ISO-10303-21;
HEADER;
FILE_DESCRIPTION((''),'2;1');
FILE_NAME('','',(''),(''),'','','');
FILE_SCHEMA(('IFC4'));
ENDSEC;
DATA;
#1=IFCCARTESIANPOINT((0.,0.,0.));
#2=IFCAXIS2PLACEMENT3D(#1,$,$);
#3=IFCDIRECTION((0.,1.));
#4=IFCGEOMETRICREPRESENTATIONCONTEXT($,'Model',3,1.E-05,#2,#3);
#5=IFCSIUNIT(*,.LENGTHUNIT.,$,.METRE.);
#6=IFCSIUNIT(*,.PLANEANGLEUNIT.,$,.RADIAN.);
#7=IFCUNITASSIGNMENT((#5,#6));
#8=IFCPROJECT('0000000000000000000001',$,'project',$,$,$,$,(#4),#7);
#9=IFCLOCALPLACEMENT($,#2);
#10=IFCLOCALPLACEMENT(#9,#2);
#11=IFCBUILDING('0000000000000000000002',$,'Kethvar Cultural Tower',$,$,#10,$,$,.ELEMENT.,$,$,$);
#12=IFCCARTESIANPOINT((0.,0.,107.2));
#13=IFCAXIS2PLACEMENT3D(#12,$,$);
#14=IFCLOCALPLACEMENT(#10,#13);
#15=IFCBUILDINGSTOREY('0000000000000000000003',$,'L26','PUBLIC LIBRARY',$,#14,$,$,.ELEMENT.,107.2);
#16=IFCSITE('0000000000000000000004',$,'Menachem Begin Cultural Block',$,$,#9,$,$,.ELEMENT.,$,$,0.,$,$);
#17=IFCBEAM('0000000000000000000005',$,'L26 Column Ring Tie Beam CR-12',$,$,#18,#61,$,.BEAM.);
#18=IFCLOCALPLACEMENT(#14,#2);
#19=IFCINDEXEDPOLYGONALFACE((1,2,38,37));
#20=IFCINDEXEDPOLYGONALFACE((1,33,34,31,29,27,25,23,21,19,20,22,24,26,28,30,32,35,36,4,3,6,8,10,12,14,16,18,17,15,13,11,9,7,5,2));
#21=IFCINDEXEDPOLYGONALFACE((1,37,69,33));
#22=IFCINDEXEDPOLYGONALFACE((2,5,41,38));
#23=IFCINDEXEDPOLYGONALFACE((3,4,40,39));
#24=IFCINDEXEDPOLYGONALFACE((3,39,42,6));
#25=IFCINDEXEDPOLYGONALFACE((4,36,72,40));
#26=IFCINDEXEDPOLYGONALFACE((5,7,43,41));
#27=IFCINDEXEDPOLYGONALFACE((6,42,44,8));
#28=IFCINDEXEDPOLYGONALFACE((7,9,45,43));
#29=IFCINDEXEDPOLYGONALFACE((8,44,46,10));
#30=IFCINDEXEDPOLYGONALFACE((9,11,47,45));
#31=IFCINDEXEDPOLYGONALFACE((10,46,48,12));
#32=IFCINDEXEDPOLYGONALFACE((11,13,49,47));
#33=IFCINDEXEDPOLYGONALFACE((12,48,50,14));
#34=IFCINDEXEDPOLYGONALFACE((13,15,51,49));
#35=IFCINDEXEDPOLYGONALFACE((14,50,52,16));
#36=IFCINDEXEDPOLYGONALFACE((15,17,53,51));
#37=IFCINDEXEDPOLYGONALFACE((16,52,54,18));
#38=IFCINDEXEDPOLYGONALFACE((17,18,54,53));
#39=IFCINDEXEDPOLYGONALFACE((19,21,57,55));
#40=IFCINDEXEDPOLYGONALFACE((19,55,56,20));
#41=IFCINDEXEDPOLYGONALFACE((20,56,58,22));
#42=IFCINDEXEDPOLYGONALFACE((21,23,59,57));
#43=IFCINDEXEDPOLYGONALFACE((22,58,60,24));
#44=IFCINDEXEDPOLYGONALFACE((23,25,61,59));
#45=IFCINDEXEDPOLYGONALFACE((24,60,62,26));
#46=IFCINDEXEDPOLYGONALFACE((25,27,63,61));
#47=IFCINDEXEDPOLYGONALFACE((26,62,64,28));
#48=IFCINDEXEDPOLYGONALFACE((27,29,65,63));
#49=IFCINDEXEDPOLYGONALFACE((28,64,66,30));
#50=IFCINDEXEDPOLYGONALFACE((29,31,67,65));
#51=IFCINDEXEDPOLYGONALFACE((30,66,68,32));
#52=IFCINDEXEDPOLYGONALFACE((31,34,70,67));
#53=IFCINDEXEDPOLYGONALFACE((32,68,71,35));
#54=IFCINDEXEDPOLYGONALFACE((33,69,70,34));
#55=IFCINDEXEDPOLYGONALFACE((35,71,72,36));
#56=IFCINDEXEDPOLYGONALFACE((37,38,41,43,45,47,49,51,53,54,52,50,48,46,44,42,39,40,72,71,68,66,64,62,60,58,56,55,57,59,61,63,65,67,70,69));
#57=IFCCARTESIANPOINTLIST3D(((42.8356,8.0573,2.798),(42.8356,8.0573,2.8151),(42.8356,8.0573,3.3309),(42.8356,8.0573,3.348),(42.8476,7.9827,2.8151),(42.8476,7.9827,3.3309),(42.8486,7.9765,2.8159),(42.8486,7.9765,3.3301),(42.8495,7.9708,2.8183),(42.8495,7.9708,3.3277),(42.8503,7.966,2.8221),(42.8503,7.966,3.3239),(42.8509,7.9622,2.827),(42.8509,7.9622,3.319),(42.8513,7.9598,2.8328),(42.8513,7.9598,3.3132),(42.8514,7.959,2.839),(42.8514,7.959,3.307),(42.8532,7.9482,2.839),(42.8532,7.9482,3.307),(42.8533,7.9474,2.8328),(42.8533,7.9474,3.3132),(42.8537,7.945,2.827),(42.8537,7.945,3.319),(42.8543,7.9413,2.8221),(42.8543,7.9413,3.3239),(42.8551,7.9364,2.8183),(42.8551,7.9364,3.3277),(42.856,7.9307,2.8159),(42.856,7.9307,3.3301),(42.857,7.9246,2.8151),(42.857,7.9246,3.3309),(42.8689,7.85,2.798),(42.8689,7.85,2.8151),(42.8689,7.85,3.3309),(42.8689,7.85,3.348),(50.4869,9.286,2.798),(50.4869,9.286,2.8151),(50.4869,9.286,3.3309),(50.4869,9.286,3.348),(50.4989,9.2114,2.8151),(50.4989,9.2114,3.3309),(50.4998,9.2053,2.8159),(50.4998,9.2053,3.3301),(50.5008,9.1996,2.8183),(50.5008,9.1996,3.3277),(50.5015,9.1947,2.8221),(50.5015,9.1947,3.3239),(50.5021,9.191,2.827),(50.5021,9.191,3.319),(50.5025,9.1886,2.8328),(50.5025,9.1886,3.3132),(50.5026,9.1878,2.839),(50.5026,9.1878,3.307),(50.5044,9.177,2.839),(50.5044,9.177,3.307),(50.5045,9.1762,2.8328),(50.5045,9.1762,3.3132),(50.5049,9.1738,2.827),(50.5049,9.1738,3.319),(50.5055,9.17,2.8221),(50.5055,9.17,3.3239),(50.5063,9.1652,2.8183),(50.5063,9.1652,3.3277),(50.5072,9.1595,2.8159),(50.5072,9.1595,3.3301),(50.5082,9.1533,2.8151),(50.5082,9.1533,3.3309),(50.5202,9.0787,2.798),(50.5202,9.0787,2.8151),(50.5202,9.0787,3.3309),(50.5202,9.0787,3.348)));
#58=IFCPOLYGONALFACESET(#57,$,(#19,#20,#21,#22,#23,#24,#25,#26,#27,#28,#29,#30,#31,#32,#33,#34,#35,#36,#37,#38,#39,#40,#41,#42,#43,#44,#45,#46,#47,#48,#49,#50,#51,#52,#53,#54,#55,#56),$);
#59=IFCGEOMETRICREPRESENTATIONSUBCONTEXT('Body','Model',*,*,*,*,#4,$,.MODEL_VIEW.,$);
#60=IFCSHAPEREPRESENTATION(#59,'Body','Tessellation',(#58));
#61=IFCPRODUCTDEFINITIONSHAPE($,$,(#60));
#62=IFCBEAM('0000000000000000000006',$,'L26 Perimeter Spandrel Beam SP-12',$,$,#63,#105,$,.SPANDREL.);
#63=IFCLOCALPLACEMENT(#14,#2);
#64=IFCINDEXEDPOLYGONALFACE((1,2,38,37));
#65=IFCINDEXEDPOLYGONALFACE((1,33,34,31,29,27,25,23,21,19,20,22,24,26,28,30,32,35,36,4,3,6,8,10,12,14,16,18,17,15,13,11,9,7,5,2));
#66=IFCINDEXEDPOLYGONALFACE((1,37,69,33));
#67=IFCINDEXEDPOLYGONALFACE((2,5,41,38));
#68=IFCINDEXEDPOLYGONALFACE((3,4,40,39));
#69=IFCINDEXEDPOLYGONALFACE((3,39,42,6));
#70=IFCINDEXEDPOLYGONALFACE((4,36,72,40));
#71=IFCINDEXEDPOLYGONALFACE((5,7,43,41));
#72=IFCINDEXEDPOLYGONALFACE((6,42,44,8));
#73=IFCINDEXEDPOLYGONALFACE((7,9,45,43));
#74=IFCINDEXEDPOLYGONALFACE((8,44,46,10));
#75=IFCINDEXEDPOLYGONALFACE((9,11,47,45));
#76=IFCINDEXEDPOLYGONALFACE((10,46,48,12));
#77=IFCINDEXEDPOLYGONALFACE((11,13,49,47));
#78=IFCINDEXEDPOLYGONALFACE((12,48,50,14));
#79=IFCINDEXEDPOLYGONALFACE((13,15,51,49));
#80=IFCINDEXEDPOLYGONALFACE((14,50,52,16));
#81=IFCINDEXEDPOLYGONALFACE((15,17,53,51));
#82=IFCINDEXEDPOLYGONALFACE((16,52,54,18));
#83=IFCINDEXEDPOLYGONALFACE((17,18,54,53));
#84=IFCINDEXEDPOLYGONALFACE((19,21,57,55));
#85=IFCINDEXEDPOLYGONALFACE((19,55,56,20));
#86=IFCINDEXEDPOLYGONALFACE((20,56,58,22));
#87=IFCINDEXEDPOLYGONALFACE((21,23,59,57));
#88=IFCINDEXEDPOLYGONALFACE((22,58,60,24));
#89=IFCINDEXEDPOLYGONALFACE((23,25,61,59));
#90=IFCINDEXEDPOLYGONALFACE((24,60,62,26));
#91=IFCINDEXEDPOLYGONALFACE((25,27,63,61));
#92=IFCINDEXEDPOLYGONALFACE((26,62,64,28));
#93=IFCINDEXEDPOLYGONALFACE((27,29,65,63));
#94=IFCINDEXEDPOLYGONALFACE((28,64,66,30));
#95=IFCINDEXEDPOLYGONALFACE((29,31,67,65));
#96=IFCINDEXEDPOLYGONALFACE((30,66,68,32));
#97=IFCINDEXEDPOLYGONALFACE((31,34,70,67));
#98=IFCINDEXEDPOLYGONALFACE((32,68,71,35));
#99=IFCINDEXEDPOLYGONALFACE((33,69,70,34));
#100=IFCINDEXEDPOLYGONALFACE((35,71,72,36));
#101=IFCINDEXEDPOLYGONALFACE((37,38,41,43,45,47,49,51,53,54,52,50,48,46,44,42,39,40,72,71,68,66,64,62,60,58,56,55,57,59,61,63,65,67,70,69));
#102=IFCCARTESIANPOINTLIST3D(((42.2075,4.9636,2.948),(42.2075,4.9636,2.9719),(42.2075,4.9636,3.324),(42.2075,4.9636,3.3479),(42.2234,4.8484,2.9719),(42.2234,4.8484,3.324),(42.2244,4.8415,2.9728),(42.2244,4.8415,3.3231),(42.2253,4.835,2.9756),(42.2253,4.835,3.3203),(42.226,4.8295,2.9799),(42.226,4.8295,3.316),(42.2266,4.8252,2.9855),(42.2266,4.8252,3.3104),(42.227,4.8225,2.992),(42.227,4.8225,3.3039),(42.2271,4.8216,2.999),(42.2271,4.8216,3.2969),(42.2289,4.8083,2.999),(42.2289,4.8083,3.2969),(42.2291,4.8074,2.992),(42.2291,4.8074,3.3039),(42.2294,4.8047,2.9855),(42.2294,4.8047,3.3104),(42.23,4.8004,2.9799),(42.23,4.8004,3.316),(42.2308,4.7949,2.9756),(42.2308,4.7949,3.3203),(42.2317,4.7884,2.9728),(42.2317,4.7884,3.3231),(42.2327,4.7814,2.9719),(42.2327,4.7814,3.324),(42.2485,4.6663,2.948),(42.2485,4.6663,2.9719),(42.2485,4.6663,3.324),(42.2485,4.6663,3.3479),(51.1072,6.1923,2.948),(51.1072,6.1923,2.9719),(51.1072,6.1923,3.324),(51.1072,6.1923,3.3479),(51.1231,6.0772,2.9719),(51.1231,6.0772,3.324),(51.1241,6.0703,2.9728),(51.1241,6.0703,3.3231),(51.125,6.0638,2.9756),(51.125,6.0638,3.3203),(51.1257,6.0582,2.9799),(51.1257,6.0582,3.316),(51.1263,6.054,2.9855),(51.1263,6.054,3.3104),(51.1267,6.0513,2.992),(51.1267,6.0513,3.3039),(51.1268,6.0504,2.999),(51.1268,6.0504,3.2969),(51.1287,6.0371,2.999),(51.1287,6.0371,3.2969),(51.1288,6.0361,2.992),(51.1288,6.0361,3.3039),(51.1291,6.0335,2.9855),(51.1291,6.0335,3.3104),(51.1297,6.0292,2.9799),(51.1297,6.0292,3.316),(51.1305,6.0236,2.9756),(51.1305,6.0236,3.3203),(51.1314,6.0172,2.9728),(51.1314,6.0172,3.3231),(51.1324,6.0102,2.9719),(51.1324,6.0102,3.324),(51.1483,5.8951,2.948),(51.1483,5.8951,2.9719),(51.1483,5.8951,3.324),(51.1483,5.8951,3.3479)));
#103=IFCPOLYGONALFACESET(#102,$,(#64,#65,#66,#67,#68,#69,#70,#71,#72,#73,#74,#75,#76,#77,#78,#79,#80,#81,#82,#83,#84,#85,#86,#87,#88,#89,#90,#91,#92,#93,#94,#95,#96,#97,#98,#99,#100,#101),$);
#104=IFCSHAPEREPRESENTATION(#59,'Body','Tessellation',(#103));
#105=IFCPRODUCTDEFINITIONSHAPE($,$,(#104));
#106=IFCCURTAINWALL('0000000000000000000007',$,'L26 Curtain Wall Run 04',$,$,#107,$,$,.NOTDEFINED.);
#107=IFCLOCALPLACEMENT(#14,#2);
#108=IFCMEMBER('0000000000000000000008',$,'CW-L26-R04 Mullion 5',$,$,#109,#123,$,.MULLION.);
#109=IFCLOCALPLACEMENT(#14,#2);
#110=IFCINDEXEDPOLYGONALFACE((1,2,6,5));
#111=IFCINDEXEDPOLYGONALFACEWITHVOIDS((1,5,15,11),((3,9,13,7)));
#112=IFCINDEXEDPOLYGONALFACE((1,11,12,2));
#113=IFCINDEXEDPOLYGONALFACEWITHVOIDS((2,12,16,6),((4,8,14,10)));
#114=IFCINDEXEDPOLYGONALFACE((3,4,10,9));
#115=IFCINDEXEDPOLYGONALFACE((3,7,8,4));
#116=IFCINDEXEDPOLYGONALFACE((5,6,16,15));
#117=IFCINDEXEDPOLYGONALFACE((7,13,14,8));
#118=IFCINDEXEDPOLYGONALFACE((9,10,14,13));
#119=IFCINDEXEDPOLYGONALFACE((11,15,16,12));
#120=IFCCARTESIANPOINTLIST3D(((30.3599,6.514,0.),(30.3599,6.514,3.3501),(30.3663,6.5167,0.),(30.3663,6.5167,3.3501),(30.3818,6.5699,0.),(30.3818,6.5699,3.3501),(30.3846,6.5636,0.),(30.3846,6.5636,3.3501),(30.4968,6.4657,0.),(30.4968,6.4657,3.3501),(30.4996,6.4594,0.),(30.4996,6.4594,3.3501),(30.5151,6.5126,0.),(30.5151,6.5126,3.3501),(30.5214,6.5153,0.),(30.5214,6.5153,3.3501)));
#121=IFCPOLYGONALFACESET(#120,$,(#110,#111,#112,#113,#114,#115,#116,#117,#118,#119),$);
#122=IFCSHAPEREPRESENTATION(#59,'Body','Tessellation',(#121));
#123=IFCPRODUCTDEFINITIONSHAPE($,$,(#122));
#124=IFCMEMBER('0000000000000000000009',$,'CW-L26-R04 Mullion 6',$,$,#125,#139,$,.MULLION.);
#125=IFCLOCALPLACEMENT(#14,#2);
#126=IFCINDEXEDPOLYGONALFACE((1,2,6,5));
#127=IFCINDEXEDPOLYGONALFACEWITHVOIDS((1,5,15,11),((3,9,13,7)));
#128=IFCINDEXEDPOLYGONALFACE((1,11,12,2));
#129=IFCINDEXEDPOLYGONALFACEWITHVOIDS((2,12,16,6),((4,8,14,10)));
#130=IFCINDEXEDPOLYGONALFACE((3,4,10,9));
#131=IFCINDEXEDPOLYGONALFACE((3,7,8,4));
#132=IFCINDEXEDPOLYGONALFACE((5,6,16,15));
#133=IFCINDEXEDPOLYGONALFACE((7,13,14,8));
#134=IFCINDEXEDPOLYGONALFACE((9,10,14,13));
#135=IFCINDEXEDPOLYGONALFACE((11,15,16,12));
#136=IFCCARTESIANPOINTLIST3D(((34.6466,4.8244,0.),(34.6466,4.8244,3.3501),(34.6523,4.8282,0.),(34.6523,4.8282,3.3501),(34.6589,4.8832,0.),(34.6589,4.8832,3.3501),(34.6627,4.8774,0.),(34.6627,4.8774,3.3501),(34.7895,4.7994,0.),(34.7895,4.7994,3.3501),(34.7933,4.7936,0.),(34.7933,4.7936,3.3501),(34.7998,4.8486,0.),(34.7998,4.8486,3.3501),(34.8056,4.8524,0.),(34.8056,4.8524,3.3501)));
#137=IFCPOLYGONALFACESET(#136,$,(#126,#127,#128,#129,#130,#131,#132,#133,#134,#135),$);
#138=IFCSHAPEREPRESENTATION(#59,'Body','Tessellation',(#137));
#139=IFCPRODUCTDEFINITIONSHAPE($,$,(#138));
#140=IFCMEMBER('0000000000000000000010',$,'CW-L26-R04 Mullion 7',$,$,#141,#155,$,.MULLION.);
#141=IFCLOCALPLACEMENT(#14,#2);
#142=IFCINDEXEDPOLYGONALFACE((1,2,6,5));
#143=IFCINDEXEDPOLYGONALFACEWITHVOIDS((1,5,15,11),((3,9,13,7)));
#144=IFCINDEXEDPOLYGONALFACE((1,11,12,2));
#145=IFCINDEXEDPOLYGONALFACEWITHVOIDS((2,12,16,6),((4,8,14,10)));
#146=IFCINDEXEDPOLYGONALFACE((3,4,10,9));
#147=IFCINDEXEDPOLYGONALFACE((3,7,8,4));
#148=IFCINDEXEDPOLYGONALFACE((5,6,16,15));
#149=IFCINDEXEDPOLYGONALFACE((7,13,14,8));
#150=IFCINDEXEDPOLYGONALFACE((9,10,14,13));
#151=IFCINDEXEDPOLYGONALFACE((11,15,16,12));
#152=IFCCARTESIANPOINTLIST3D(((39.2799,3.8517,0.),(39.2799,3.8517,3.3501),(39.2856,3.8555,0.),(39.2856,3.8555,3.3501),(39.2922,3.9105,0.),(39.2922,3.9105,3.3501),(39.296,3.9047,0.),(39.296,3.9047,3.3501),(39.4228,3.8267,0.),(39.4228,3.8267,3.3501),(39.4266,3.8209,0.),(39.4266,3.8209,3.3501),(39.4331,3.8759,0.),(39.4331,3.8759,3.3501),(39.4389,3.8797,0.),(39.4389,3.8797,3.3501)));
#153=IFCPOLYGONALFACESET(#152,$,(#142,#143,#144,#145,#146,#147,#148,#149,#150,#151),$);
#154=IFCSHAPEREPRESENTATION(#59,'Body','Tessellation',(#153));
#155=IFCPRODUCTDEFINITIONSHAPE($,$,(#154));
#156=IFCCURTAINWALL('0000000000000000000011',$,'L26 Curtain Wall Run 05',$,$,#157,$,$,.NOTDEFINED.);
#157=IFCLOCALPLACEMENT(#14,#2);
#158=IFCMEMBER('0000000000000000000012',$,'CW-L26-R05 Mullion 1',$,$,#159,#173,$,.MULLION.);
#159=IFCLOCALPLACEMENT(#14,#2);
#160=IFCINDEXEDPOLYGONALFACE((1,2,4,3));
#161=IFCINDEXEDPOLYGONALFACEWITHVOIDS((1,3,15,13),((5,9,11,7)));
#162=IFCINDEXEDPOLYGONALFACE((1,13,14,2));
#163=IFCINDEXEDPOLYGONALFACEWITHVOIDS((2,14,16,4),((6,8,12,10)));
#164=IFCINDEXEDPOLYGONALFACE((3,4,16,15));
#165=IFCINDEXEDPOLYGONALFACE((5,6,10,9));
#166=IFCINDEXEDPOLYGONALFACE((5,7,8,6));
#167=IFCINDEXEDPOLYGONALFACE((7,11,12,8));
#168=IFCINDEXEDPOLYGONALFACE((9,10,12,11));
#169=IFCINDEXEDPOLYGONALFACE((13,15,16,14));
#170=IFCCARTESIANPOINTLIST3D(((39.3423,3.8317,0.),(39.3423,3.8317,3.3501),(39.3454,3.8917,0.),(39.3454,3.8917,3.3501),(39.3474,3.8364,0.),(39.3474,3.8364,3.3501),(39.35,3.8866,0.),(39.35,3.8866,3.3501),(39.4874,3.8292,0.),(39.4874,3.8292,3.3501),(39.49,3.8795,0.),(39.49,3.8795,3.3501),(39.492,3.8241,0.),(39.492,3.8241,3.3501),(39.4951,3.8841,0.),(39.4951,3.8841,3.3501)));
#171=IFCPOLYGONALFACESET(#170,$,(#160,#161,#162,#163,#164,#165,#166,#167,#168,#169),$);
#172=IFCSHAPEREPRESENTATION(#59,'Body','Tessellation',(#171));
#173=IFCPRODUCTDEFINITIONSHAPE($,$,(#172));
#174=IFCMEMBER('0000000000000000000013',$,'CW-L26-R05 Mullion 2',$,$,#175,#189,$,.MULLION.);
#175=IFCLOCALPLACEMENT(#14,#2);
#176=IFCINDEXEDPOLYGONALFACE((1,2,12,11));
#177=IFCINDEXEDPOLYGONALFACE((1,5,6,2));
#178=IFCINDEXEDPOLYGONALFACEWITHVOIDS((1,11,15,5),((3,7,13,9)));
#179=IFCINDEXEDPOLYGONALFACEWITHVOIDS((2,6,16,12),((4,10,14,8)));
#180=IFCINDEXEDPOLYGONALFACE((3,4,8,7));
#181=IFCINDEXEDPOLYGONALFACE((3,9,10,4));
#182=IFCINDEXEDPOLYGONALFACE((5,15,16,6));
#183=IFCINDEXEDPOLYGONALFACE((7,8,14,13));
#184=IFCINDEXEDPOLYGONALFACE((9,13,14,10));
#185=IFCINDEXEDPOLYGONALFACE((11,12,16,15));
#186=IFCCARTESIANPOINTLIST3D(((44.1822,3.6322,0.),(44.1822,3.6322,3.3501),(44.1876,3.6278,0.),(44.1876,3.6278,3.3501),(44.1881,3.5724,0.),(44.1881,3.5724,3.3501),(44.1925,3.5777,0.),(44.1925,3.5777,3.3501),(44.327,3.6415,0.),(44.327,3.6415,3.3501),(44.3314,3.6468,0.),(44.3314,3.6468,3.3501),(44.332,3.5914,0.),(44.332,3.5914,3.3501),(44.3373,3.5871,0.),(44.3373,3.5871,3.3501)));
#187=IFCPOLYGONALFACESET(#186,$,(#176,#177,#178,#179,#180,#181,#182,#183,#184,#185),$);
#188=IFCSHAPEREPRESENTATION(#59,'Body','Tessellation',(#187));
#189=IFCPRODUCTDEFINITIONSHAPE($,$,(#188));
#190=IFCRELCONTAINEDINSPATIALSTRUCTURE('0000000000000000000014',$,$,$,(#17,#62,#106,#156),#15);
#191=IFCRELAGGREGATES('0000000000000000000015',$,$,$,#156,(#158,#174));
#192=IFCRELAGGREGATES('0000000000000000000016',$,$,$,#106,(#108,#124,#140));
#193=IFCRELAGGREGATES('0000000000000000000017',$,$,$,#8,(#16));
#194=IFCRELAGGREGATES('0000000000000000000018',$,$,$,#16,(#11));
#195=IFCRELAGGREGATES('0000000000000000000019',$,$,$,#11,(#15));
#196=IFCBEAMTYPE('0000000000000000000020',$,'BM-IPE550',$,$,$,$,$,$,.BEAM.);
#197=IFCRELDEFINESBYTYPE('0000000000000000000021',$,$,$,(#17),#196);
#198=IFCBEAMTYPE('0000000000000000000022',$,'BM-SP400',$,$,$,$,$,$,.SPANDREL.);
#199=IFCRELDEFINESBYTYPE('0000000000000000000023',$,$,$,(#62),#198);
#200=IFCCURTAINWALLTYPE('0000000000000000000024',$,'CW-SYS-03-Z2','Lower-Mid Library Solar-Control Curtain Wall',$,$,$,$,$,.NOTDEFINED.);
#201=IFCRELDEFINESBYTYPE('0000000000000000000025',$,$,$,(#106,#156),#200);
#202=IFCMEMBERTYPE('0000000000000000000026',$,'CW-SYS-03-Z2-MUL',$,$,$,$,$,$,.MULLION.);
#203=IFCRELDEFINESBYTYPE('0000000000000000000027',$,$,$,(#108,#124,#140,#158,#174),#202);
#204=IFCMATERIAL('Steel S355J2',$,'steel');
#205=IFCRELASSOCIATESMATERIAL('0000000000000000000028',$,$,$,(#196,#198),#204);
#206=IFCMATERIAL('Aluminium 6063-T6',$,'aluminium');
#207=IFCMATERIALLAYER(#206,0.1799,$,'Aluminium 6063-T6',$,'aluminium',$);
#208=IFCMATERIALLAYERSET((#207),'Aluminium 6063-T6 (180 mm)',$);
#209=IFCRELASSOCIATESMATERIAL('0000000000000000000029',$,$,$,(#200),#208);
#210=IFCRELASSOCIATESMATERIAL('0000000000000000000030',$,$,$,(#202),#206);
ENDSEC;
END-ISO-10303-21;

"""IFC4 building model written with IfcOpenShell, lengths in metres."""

from ifc_helpers import new_model, si_unit, direction, frame, origin, origin_2d, place, context, subcontext, project, spatial, hollow_rectangle, i_section, extrude, source, transform, mapped, material, layer, layer_set, material_profile, profile_set, type_object, element, aggregate, save


model = new_model("IFC4")

# Units and contexts
model_context = context("Model", 3, precision=1e-05, world=origin(), true_north=direction((0.0, 1.0)))
body_context = subcontext(model_context, "Body", "Model", "MODEL_VIEW")
ifc_project = project(units=[si_unit("LENGTHUNIT", "METRE"), si_unit("PLANEANGLEUNIT", "RADIAN")], contexts=[model_context])

# Site, building, storey
site_placement = place(None, origin())
site = spatial("IfcSite", under=ifc_project, at=site_placement, Name="Menachem Begin Cultural Block", CompositionType="ELEMENT", RefElevation=0.0)
building_placement = place(site_placement, origin())
building = spatial("IfcBuilding", under=site, at=building_placement, Name="Kethvar Cultural Tower", CompositionType="ELEMENT")
storey_placement = place(building_placement, frame((0.0, 0.0, 107.2)))
storey = spatial("IfcBuildingStorey", under=building, at=storey_placement, Name="L26", Description="PUBLIC LIBRARY", CompositionType="ELEMENT", Elevation=107.2)

# Beams
ifc_material_1 = material(Name="Steel S355J2", Category="steel")
ifc_material_profile_1 = material_profile(ifc_material_1, i_section(OverallWidth=0.21, OverallDepth=0.55, WebThickness=0.011, FlangeThickness=0.0171, FilletRadius=0.0239, at=origin_2d()), Name="Steel S355J2 — IPE550")
ifc_profile_set_1 = profile_set([ifc_material_profile_1], Name="Steel S355J2 — IPE550")
beam_type_1 = type_object("IfcBeamType", Name="BM-IPE550", PredefinedType="BEAM", material=ifc_profile_set_1)
ifc_material_profile_2 = material_profile(ifc_material_1, i_section(OverallWidth=0.3, OverallDepth=0.3999, WebThickness=0.0134, FlangeThickness=0.0239, FilletRadius=0.0271, at=origin_2d()), Name="Steel S355J2 — HEB400")
ifc_profile_set_2 = profile_set([ifc_material_profile_2], Name="Steel S355J2 — HEB400")
beam_type_2 = type_object("IfcBeamType", Name="BM-SP400", PredefinedType="SPANDREL", material=ifc_profile_set_2)
shared_shape_1 = source(origin(), body_context, "Body", "SweptSolid", [
    extrude(i_section(OverallWidth=0.21, OverallDepth=0.55, WebThickness=0.011, FlangeThickness=0.0171, FilletRadius=0.0239, at=origin_2d()), origin(), (0.0, 0.0, 1.0), 7.7493),
])
beam_1_placement = place(storey_placement, frame((42.8523, 7.9536, 3.073), z_axis=(0.987348, 0.158567, 0.0), x_axis=(-0.158567, 0.987348, 0.0)))
element("IfcBeam", 1, at=beam_1_placement, inside=storey, type_object=beam_type_1, Name="L26 Column Ring Tie Beam CR-12", PredefinedType="BEAM", context=body_context, shape_type="MappedRepresentation", body=[
    mapped(shared_shape_1, transform((0.0, 0.0, 0.0), scale=1.0)),
])
shared_shape_2 = source(origin(), body_context, "Body", "SweptSolid", [
    extrude(i_section(OverallWidth=0.3, OverallDepth=0.3999, WebThickness=0.0134, FlangeThickness=0.0239, FilletRadius=0.0271, at=origin_2d()), origin(), (0.0, 0.0, 1.0), 8.9841),
])
beam_2_placement = place(storey_placement, frame((42.228, 4.8149, 3.1479), z_axis=(0.990603, 0.136771, 0.0), x_axis=(-0.136771, 0.990603, 0.0)))
element("IfcBeam", 2, at=beam_2_placement, inside=storey, type_object=beam_type_2, Name="L26 Perimeter Spandrel Beam SP-12", PredefinedType="SPANDREL", context=body_context, shape_type="MappedRepresentation", body=[
    mapped(shared_shape_2, transform((0.0, 0.0, 0.0), scale=1.0)),
])

# Curtain walls, members
ifc_material_2 = material(Name="Aluminium 6063-T6", Category="aluminium")
ifc_layer_1 = layer(ifc_material_2, 0.1799, Name="Aluminium 6063-T6", Category="aluminium")
ifc_layer_set_1 = layer_set([ifc_layer_1], Name="Aluminium 6063-T6 (180 mm)")
curtain_wall_type = type_object("IfcCurtainWallType", Name="CW-SYS-03-Z2", Description="Lower-Mid Library Solar-Control Curtain Wall", PredefinedType="NOTDEFINED", material=ifc_layer_set_1)
curtain_wall_1_placement = place(storey_placement, origin())
curtain_wall_1 = element("IfcCurtainWall", 3, at=curtain_wall_1_placement, inside=storey, type_object=curtain_wall_type, Name="L26 Curtain Wall Run 04", PredefinedType="NOTDEFINED")
ifc_material_profile_3 = material_profile(ifc_material_2, hollow_rectangle(XDim=0.0601, YDim=0.1499, WallThickness=0.0049, at=origin_2d()), Name="Aluminium 6063-T6 — RHS150x60x5")
ifc_profile_set_3 = profile_set([ifc_material_profile_3], Name="Aluminium 6063-T6 — RHS150x60x5")
member_type_1 = type_object("IfcMemberType", Name="CW-SYS-03-Z2-MUL", PredefinedType="MULLION", material=ifc_profile_set_3)
shared_shape_3 = source(origin(), body_context, "Body", "SweptSolid", [
    extrude(hollow_rectangle(XDim=0.0601, YDim=0.1499, WallThickness=0.0049, at=origin_2d()), origin(), (0.0, 0.0, 1.0), 3.3501),
])
member_1_placement = place(storey_placement, frame((30.4407, 6.5146, 0.0), z_axis=(0.0, 0.0, 1.0), x_axis=(0.363967, 0.931412, 0.0)))
member_1 = element("IfcMember", 4, at=member_1_placement, type_object=member_type_1, Name="CW-L26-R04 Mullion 5", PredefinedType="MULLION", context=body_context, shape_type="MappedRepresentation", body=[
    mapped(shared_shape_3, transform((0.0, 0.0, 0.0), scale=1.0)),
])
member_2_placement = place(storey_placement, frame((34.7261, 4.8384, 0.0), z_axis=(0.0, 0.0, 1.0), x_axis=(0.205453, 0.978667, 0.0)))
member_2 = element("IfcMember", 5, at=member_2_placement, type_object=member_type_1, Name="CW-L26-R04 Mullion 6", PredefinedType="MULLION", context=body_context, shape_type="MappedRepresentation", body=[
    mapped(shared_shape_3, transform((0.0, 0.0, 0.0), scale=1.0)),
])
member_3_placement = place(storey_placement, frame((39.3594, 3.8657, 0.0), z_axis=(0.0, 0.0, 1.0), x_axis=(0.205453, 0.978667, 0.0)))
member_3 = element("IfcMember", 6, at=member_3_placement, type_object=member_type_1, Name="CW-L26-R04 Mullion 7", PredefinedType="MULLION", context=body_context, shape_type="MappedRepresentation", body=[
    mapped(shared_shape_3, transform((0.0, 0.0, 0.0), scale=1.0)),
])
curtain_wall_2_placement = place(storey_placement, origin())
curtain_wall_2 = element("IfcCurtainWall", 7, at=curtain_wall_2_placement, inside=storey, type_object=curtain_wall_type, Name="L26 Curtain Wall Run 05", PredefinedType="NOTDEFINED")
member_4_placement = place(storey_placement, frame((39.4187, 3.8579, 0.0), z_axis=(0.0, 0.0, 1.0), x_axis=(0.050942, 0.998702, 0.0)))
member_4 = element("IfcMember", 8, at=member_4_placement, type_object=member_type_1, Name="CW-L26-R05 Mullion 1", PredefinedType="MULLION", context=body_context, shape_type="MappedRepresentation", body=[
    mapped(shared_shape_3, transform((0.0, 0.0, 0.0), scale=1.0)),
])
member_5_placement = place(storey_placement, frame((44.2598, 3.6096, 0.0), z_axis=(0.0, 0.0, 1.0), x_axis=(-0.097774, 0.995209, 0.0)))
member_5 = element("IfcMember", 9, at=member_5_placement, type_object=member_type_1, Name="CW-L26-R05 Mullion 2", PredefinedType="MULLION", context=body_context, shape_type="MappedRepresentation", body=[
    mapped(shared_shape_3, transform((0.0, 0.0, 0.0), scale=1.0)),
])

aggregate(curtain_wall_2, [member_4, member_5])
aggregate(curtain_wall_1, [member_1, member_2, member_3])

save(model, "model.ifc")
